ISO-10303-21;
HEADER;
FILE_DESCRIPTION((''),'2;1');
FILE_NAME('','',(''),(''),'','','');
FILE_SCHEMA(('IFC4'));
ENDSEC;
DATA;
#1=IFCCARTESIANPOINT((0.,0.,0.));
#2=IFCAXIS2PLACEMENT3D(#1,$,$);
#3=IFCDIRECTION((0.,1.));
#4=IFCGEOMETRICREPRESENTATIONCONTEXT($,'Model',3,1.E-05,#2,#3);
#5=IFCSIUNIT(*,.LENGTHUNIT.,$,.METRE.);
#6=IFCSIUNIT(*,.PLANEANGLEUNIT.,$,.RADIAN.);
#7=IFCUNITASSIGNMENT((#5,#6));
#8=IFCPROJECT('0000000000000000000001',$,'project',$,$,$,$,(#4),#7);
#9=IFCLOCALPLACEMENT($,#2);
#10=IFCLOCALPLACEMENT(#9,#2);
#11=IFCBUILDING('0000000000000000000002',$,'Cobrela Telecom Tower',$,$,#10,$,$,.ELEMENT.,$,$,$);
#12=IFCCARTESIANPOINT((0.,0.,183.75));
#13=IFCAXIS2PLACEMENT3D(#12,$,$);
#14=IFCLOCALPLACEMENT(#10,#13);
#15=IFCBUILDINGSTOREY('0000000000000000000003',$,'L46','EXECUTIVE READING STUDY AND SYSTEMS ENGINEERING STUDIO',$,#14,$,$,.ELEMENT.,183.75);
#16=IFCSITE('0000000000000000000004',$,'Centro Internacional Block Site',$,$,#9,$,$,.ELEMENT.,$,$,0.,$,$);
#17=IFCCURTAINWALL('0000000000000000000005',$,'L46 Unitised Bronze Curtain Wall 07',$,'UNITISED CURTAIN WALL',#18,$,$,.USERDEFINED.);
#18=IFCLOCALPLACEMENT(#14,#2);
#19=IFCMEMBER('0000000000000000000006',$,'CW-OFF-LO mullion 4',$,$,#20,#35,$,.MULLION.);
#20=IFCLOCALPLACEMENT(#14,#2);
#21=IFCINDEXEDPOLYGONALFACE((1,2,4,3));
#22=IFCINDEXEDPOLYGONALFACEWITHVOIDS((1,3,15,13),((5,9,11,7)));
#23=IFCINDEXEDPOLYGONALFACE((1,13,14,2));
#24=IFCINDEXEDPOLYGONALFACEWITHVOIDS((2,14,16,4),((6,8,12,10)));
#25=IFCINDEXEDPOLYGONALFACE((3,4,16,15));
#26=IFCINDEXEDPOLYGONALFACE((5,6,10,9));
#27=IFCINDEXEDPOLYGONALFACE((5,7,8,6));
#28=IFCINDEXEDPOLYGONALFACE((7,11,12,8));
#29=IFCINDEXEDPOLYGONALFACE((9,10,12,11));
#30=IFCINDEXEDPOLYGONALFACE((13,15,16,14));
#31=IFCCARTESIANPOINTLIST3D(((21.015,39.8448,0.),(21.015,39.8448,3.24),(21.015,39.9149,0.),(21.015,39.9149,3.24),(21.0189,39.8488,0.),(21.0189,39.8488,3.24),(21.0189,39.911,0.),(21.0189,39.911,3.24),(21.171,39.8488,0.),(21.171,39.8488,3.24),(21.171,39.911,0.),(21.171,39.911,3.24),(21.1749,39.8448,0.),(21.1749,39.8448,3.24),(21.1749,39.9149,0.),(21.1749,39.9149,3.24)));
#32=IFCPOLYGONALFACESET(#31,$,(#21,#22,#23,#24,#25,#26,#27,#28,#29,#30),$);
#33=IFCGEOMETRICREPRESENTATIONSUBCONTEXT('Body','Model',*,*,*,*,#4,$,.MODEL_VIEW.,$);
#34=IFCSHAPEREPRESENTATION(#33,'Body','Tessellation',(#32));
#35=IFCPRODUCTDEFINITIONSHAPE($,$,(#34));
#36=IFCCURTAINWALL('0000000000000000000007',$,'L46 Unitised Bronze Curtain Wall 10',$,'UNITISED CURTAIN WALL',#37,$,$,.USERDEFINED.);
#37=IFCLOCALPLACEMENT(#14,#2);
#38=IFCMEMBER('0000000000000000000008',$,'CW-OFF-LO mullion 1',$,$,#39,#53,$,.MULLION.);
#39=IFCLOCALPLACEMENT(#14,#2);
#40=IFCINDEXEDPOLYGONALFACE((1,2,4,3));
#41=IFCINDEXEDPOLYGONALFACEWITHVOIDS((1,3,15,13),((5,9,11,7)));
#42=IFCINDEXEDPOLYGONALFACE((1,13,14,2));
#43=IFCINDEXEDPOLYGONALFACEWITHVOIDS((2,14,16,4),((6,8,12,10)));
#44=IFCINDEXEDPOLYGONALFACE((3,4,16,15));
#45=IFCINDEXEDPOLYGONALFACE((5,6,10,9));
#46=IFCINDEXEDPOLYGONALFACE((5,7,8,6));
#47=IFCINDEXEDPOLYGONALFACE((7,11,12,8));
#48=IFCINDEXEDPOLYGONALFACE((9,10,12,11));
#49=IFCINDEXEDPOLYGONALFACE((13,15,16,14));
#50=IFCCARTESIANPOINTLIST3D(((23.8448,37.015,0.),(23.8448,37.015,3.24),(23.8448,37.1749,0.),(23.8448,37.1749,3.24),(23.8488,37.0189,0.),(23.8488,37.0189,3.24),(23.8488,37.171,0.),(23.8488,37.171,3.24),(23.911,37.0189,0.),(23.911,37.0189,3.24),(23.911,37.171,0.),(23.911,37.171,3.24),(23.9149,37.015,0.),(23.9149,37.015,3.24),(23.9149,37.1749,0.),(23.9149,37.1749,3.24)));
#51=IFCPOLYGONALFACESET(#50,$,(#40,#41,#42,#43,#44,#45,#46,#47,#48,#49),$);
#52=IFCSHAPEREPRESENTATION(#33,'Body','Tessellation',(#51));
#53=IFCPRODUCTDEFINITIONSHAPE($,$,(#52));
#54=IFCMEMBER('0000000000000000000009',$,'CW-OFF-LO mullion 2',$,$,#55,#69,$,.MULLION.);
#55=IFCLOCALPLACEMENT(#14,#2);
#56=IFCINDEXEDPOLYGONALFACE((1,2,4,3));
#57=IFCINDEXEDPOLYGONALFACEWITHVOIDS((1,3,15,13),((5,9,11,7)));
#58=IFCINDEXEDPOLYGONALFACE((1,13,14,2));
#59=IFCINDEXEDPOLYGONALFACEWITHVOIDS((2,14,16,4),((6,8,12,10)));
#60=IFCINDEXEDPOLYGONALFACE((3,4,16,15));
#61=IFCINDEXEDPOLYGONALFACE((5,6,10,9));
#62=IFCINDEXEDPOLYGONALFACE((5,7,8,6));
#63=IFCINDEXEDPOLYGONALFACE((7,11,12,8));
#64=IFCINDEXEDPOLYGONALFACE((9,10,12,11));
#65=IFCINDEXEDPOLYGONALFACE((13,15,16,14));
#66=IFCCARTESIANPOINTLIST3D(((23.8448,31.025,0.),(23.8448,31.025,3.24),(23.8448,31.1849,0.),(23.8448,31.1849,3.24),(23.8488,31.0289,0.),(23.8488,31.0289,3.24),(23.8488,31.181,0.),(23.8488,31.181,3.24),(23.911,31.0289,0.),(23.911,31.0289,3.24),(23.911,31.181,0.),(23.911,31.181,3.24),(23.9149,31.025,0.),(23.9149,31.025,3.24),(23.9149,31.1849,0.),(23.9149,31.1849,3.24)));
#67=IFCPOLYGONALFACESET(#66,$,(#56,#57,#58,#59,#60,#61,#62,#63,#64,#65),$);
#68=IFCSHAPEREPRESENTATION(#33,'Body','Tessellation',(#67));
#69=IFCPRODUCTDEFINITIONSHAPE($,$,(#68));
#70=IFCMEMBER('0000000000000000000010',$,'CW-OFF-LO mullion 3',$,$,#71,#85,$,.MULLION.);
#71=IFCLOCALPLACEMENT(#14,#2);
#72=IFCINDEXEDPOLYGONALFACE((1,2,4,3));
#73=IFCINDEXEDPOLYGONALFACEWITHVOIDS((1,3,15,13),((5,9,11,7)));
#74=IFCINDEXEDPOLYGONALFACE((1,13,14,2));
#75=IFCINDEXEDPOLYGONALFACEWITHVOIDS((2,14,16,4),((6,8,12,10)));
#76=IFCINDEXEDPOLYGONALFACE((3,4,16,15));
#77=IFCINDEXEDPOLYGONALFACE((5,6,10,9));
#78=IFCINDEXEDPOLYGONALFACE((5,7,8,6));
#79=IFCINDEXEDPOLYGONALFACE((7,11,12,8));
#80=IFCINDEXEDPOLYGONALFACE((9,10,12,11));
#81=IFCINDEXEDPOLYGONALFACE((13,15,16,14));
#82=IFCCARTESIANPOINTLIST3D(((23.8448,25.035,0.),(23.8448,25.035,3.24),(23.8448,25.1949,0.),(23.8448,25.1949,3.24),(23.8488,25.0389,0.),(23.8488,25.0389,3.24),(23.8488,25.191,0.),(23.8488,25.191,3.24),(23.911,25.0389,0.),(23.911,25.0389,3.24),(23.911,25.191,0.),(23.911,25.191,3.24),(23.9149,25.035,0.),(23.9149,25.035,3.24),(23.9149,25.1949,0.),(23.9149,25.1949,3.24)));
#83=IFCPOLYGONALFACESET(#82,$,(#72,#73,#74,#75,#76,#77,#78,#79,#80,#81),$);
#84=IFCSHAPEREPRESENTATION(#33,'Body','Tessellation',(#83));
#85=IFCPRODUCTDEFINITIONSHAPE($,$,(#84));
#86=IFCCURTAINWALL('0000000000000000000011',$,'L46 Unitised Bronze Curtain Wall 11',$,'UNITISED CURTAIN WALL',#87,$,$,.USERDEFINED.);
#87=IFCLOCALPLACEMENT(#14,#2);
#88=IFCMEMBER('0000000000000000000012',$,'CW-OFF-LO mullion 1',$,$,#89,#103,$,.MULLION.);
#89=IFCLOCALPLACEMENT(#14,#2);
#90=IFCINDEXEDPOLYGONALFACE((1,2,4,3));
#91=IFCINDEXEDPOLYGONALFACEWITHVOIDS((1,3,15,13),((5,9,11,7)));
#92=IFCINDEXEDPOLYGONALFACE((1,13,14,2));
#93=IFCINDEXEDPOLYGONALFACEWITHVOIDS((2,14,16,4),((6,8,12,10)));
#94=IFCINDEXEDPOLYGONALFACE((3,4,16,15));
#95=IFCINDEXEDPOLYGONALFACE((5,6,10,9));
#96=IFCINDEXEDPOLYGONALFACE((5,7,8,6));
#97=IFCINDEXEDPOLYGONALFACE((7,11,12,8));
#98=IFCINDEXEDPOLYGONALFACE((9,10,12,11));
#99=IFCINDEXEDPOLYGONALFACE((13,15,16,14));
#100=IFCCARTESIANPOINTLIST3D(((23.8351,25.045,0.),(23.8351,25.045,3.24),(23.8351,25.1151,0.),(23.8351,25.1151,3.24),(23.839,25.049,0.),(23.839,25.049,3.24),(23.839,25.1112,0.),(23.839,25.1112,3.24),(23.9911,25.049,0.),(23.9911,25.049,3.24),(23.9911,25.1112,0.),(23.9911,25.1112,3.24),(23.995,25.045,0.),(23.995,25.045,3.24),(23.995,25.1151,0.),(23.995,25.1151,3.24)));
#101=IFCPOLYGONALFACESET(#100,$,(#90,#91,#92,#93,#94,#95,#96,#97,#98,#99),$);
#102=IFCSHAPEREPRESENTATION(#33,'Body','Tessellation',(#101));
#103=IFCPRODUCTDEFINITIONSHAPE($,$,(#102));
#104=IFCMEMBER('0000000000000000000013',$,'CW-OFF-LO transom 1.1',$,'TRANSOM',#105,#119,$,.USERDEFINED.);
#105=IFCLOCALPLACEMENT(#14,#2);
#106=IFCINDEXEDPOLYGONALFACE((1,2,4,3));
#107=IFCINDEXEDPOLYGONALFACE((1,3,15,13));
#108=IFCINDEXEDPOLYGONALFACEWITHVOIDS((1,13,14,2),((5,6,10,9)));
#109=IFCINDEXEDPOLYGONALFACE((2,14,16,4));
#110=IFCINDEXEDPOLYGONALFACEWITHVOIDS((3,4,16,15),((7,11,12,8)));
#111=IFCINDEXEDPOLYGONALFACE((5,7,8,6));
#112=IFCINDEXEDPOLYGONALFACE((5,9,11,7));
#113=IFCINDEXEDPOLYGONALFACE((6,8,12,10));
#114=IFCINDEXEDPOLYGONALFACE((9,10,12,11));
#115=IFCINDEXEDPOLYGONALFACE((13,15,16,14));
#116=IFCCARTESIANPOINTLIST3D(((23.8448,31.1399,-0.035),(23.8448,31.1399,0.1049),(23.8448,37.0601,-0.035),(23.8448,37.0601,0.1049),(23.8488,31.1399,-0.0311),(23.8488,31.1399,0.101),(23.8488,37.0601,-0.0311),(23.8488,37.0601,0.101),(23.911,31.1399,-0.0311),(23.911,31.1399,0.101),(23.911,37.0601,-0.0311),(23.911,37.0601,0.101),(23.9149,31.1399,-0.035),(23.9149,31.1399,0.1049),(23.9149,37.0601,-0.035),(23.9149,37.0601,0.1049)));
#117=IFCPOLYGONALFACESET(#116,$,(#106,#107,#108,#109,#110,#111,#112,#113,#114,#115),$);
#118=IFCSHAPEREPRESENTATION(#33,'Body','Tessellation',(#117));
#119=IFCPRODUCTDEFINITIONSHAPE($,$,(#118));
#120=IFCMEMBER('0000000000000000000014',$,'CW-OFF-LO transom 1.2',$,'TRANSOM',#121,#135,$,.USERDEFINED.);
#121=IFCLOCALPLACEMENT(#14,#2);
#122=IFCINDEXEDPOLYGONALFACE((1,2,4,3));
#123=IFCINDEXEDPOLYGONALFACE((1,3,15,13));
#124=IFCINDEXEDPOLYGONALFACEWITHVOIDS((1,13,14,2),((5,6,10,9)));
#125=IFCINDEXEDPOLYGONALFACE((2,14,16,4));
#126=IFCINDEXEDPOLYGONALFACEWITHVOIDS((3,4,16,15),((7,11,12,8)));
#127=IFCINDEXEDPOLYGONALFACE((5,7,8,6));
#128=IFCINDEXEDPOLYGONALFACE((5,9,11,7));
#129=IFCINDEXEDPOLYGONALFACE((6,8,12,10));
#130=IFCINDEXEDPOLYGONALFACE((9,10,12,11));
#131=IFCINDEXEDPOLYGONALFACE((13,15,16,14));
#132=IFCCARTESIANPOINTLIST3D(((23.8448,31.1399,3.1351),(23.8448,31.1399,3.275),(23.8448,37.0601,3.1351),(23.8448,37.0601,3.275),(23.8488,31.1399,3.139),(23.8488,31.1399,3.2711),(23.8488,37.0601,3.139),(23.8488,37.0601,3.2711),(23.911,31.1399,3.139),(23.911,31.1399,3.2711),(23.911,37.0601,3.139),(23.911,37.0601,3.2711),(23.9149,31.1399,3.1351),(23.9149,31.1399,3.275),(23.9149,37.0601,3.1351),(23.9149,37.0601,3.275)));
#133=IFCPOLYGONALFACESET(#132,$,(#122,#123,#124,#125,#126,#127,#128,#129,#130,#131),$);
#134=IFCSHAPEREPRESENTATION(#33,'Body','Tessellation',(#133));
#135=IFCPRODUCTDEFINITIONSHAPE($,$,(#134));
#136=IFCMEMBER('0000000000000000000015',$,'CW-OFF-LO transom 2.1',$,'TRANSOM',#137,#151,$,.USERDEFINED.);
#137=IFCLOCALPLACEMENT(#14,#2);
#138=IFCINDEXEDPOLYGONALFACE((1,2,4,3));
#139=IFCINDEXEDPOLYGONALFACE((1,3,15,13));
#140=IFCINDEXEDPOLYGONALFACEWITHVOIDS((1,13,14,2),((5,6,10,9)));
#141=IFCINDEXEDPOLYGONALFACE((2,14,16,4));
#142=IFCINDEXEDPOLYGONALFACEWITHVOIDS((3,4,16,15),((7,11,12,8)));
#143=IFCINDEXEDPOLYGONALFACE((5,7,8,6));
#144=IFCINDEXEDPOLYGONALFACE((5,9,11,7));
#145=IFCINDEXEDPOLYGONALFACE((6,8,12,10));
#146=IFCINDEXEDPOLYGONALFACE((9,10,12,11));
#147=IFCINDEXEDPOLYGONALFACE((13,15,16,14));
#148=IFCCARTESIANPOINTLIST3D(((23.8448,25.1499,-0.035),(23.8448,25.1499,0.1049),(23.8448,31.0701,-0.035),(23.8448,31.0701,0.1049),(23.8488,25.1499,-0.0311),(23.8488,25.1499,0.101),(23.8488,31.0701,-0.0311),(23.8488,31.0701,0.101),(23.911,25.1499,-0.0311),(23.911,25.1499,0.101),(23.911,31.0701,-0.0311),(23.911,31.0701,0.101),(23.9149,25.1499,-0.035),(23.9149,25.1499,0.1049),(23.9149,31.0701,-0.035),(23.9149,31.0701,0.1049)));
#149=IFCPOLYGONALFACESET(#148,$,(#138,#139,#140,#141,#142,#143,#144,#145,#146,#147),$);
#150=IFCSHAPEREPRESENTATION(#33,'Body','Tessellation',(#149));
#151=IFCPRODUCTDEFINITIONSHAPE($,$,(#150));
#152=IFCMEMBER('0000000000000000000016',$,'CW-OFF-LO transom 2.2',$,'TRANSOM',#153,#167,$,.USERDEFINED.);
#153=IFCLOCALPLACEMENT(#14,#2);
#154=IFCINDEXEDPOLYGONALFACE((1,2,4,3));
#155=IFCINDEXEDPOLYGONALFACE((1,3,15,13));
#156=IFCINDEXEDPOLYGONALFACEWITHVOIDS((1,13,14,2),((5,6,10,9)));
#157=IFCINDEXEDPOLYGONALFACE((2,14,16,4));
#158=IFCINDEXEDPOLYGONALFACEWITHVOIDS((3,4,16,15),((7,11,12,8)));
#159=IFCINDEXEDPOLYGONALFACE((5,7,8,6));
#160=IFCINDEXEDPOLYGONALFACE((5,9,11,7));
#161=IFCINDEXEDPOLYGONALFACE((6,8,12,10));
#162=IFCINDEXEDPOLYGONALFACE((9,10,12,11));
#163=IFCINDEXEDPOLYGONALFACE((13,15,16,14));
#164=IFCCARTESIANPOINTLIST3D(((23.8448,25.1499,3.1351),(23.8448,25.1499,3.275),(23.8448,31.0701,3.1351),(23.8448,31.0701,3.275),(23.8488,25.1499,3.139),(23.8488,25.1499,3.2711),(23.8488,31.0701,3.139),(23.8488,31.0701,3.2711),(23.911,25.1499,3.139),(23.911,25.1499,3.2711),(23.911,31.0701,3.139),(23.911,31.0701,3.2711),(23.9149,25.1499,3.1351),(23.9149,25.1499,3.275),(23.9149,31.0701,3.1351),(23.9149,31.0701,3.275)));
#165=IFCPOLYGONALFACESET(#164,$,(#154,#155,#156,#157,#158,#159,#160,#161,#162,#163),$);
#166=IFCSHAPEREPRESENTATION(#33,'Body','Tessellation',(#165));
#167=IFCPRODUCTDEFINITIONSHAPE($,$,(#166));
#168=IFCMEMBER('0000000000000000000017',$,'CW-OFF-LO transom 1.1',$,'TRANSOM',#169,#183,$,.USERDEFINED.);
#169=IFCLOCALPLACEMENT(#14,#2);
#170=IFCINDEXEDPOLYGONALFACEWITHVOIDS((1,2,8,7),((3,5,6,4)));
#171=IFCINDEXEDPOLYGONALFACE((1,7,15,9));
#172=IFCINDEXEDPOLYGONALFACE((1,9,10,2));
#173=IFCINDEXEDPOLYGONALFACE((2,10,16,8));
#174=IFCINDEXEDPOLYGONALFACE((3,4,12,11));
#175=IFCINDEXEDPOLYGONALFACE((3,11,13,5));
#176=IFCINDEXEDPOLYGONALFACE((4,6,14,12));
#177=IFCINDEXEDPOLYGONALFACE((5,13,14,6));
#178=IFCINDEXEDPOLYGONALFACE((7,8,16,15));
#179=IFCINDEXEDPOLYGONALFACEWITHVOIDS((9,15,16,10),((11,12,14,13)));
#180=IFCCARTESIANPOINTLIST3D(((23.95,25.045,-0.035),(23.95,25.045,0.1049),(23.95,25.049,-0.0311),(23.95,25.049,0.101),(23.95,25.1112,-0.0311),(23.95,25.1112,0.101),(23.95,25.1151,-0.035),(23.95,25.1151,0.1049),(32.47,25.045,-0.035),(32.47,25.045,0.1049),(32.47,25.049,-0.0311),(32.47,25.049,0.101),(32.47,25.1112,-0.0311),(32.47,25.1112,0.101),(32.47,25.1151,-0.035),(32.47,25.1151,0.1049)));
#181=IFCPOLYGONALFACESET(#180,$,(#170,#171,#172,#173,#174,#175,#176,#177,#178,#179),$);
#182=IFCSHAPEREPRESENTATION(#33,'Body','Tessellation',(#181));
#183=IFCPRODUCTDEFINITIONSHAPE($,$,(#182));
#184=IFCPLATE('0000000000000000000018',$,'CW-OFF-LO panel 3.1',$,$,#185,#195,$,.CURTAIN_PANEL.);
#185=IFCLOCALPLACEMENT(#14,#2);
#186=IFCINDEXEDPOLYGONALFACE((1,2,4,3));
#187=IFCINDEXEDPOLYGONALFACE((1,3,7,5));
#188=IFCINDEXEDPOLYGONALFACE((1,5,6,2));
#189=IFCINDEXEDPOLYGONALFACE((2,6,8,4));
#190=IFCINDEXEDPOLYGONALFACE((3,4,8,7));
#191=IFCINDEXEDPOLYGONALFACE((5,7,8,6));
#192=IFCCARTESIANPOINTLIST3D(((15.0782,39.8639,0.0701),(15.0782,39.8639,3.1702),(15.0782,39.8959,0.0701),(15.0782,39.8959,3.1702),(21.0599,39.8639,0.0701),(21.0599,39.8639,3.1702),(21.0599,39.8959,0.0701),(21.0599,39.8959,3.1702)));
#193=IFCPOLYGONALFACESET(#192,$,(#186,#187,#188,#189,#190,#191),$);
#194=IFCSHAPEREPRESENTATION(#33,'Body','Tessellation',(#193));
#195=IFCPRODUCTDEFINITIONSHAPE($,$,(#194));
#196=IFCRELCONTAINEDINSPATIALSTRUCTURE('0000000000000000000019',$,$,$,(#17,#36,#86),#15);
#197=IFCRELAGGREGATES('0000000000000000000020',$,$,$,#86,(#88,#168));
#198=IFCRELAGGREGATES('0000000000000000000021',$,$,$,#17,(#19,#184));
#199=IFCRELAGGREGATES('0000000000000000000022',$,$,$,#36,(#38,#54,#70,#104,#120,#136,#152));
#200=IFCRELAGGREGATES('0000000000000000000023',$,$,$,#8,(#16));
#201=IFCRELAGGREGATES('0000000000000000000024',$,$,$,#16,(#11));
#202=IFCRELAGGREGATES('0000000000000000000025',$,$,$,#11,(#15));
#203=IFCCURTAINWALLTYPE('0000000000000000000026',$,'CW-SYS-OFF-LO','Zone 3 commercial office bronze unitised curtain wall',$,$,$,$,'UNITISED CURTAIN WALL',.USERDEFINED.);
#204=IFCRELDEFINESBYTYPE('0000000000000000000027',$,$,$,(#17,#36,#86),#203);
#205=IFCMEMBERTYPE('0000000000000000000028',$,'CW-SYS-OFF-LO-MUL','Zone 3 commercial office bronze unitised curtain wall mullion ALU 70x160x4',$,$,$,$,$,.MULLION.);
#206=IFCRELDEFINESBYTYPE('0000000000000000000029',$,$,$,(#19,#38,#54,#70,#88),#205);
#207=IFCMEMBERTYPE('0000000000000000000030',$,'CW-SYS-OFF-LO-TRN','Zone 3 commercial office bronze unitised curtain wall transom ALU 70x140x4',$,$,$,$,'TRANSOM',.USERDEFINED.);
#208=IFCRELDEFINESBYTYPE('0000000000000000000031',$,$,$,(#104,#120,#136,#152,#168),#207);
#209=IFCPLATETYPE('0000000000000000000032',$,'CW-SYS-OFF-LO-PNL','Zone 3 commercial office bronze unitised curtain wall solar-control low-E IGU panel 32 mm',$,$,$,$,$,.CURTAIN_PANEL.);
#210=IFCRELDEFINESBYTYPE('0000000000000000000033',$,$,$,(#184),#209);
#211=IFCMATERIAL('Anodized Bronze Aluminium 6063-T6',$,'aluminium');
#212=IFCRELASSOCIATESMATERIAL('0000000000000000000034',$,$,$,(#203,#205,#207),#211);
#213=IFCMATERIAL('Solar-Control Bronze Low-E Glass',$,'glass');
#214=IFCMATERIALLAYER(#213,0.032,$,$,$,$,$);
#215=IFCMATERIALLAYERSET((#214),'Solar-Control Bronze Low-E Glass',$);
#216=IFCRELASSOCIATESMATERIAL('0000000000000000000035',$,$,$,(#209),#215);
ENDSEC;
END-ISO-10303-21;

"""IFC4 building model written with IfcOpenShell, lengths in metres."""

from ifc_helpers import new_model, si_unit, direction, frame, origin, origin_2d, place, context, subcontext, project, spatial, rectangle, hollow_rectangle, extrude, material, layer, layer_set, material_profile, profile_set, type_object, element, aggregate, save


model = new_model("IFC4")

# Units and contexts
model_context = context("Model", 3, precision=1e-05, world=origin(), true_north=direction((0.0, 1.0)))
body_context = subcontext(model_context, "Body", "Model", "MODEL_VIEW")
ifc_project = project(units=[si_unit("LENGTHUNIT", "METRE"), si_unit("PLANEANGLEUNIT", "RADIAN")], contexts=[model_context])

# Site, building, storey
site_placement = place(None, origin())
site = spatial("IfcSite", under=ifc_project, at=site_placement, Name="Centro Internacional Block Site", CompositionType="ELEMENT", RefElevation=0.0)
building_placement = place(site_placement, origin())
building = spatial("IfcBuilding", under=site, at=building_placement, Name="Cobrela Telecom Tower", CompositionType="ELEMENT")
storey_placement = place(building_placement, frame((0.0, 0.0, 183.75)))
storey = spatial("IfcBuildingStorey", under=building, at=storey_placement, Name="L46", Description="EXECUTIVE READING STUDY AND SYSTEMS ENGINEERING STUDIO", CompositionType="ELEMENT", Elevation=183.75)

# Curtain wall, member
ifc_material_1 = material(Name="Anodized Bronze Aluminium 6063-T6", Category="aluminium")
curtain_wall_type = type_object("IfcCurtainWallType", Name="CW-SYS-OFF-LO", Description="Zone 3 commercial office bronze unitised curtain wall", ElementType="UNITISED CURTAIN WALL", PredefinedType="USERDEFINED", material=ifc_material_1)
curtain_wall_1_placement = place(storey_placement, origin())
curtain_wall_1 = element("IfcCurtainWall", 1, at=curtain_wall_1_placement, inside=storey, type_object=curtain_wall_type, Name="L46 Unitised Bronze Curtain Wall 07", ObjectType="UNITISED CURTAIN WALL", PredefinedType="USERDEFINED")
ifc_material_profile_1 = material_profile(ifc_material_1, hollow_rectangle(XDim=0.0701, YDim=0.1599, WallThickness=0.0039, at=origin_2d()), Name="ALU 70x160x4")
ifc_profile_set_1 = profile_set([ifc_material_profile_1], Name="Anodized Bronze Aluminium 6063-T6")
member_type_1 = type_object("IfcMemberType", Name="CW-SYS-OFF-LO-MUL", Description="Zone 3 commercial office bronze unitised curtain wall mullion ALU 70x160x4", PredefinedType="MULLION", material=ifc_profile_set_1)
member_1_placement = place(storey_placement, frame((21.095, 39.8799, 0.0), z_axis=(0.0, 0.0, 1.0), x_axis=(0.0, 1.0, 0.0)))
member_1 = element("IfcMember", 2, at=member_1_placement, type_object=member_type_1, Name="CW-OFF-LO mullion 4", PredefinedType="MULLION", context=body_context, shape_type="SweptSolid", body=[
    extrude(hollow_rectangle(XDim=0.0701, YDim=0.1599, WallThickness=0.0039, at=origin_2d()), origin(), (0.0, 0.0, 1.0), 3.24),
])

# Curtain wall, members
curtain_wall_2_placement = place(storey_placement, origin())
curtain_wall_2 = element("IfcCurtainWall", 3, at=curtain_wall_2_placement, inside=storey, type_object=curtain_wall_type, Name="L46 Unitised Bronze Curtain Wall 10", ObjectType="UNITISED CURTAIN WALL", PredefinedType="USERDEFINED")
member_2_placement = place(storey_placement, frame((23.8799, 37.095, 0.0), z_axis=(0.0, 0.0, 1.0), x_axis=(1.0, 0.0, 0.0)))
member_2 = element("IfcMember", 4, at=member_2_placement, type_object=member_type_1, Name="CW-OFF-LO mullion 1", PredefinedType="MULLION", context=body_context, shape_type="SweptSolid", body=[
    extrude(hollow_rectangle(XDim=0.0701, YDim=0.1599, WallThickness=0.0039, at=origin_2d()), origin(), (0.0, 0.0, 1.0), 3.24),
])
member_3_placement = place(storey_placement, frame((23.8799, 31.105, 0.0), z_axis=(0.0, 0.0, 1.0), x_axis=(1.0, 0.0, 0.0)))
member_3 = element("IfcMember", 5, at=member_3_placement, type_object=member_type_1, Name="CW-OFF-LO mullion 2", PredefinedType="MULLION", context=body_context, shape_type="SweptSolid", body=[
    extrude(hollow_rectangle(XDim=0.0701, YDim=0.1599, WallThickness=0.0039, at=origin_2d()), origin(), (0.0, 0.0, 1.0), 3.24),
])
member_4_placement = place(storey_placement, frame((23.8799, 25.115, 0.0), z_axis=(0.0, 0.0, 1.0), x_axis=(1.0, 0.0, 0.0)))
member_4 = element("IfcMember", 6, at=member_4_placement, type_object=member_type_1, Name="CW-OFF-LO mullion 3", PredefinedType="MULLION", context=body_context, shape_type="SweptSolid", body=[
    extrude(hollow_rectangle(XDim=0.0701, YDim=0.1599, WallThickness=0.0039, at=origin_2d()), origin(), (0.0, 0.0, 1.0), 3.24),
])

# Curtain wall, member
curtain_wall_3_placement = place(storey_placement, origin())
curtain_wall_3 = element("IfcCurtainWall", 7, at=curtain_wall_3_placement, inside=storey, type_object=curtain_wall_type, Name="L46 Unitised Bronze Curtain Wall 11", ObjectType="UNITISED CURTAIN WALL", PredefinedType="USERDEFINED")
member_5_placement = place(storey_placement, frame((23.915, 25.0801, 0.0), z_axis=(0.0, 0.0, 1.0), x_axis=(0.0, 1.0, 0.0)))
member_5 = element("IfcMember", 8, at=member_5_placement, type_object=member_type_1, Name="CW-OFF-LO mullion 1", PredefinedType="MULLION", context=body_context, shape_type="SweptSolid", body=[
    extrude(hollow_rectangle(XDim=0.0701, YDim=0.1599, WallThickness=0.0039, at=origin_2d()), origin(), (0.0, 0.0, 1.0), 3.24),
])

# Members
ifc_material_profile_2 = material_profile(ifc_material_1, hollow_rectangle(XDim=0.0701, YDim=0.1399, WallThickness=0.0039, at=origin_2d()), Name="ALU 70x140x4")
ifc_profile_set_2 = profile_set([ifc_material_profile_2], Name="Anodized Bronze Aluminium 6063-T6")
member_type_2 = type_object("IfcMemberType", Name="CW-SYS-OFF-LO-TRN", Description="Zone 3 commercial office bronze unitised curtain wall transom ALU 70x140x4", ElementType="TRANSOM", PredefinedType="USERDEFINED", material=ifc_profile_set_2)
member_6_placement = place(storey_placement, frame((23.8799, 37.0601, 0.0349), z_axis=(0.0, -1.0, 0.0), x_axis=(1.0, 0.0, 0.0)))
member_6 = element("IfcMember", 9, at=member_6_placement, type_object=member_type_2, Name="CW-OFF-LO transom 1.1", ObjectType="TRANSOM", PredefinedType="USERDEFINED", context=body_context, shape_type="SweptSolid", body=[
    extrude(hollow_rectangle(XDim=0.0701, YDim=0.1399, WallThickness=0.0039, at=origin_2d()), origin(), (0.0, 0.0, 1.0), 5.9202),
])
member_7_placement = place(storey_placement, frame((23.8799, 37.0601, 3.2051), z_axis=(0.0, -1.0, 0.0), x_axis=(1.0, 0.0, 0.0)))
member_7 = element("IfcMember", 10, at=member_7_placement, type_object=member_type_2, Name="CW-OFF-LO transom 1.2", ObjectType="TRANSOM", PredefinedType="USERDEFINED", context=body_context, shape_type="SweptSolid", body=[
    extrude(hollow_rectangle(XDim=0.0701, YDim=0.1399, WallThickness=0.0039, at=origin_2d()), origin(), (0.0, 0.0, 1.0), 5.9202),
])
member_8_placement = place(storey_placement, frame((23.8799, 31.0701, 0.0349), z_axis=(0.0, -1.0, 0.0), x_axis=(1.0, 0.0, 0.0)))
member_8 = element("IfcMember", 11, at=member_8_placement, type_object=member_type_2, Name="CW-OFF-LO transom 2.1", ObjectType="TRANSOM", PredefinedType="USERDEFINED", context=body_context, shape_type="SweptSolid", body=[
    extrude(hollow_rectangle(XDim=0.0701, YDim=0.1399, WallThickness=0.0039, at=origin_2d()), origin(), (0.0, 0.0, 1.0), 5.9202),
])
member_9_placement = place(storey_placement, frame((23.8799, 31.0701, 3.2051), z_axis=(0.0, -1.0, 0.0), x_axis=(1.0, 0.0, 0.0)))
member_9 = element("IfcMember", 12, at=member_9_placement, type_object=member_type_2, Name="CW-OFF-LO transom 2.2", ObjectType="TRANSOM", PredefinedType="USERDEFINED", context=body_context, shape_type="SweptSolid", body=[
    extrude(hollow_rectangle(XDim=0.0701, YDim=0.1399, WallThickness=0.0039, at=origin_2d()), origin(), (0.0, 0.0, 1.0), 5.9202),
])
member_10_placement = place(storey_placement, frame((23.95, 25.0801, 0.0349), z_axis=(1.0, 0.0, 0.0), x_axis=(0.0, 1.0, 0.0)))
member_10 = element("IfcMember", 13, at=member_10_placement, type_object=member_type_2, Name="CW-OFF-LO transom 1.1", ObjectType="TRANSOM", PredefinedType="USERDEFINED", context=body_context, shape_type="SweptSolid", body=[
    extrude(hollow_rectangle(XDim=0.0701, YDim=0.1399, WallThickness=0.0039, at=origin_2d()), origin(), (0.0, 0.0, 1.0), 8.52),
])
aggregate(curtain_wall_3, [member_5, member_10])

# Plate
ifc_material_2 = material(Name="Solar-Control Bronze Low-E Glass", Category="glass")
ifc_layer_1 = layer(ifc_material_2, 0.032)
ifc_layer_set_1 = layer_set([ifc_layer_1], Name="Solar-Control Bronze Low-E Glass")
plate_type = type_object("IfcPlateType", Name="CW-SYS-OFF-LO-PNL", Description="Zone 3 commercial office bronze unitised curtain wall solar-control low-E IGU panel 32 mm", PredefinedType="CURTAIN_PANEL", material=ifc_layer_set_1)
plate_1_placement = place(storey_placement, frame((18.0691, 39.8799, 0.0701), z_axis=(0.0, 0.0, 1.0), x_axis=(1.0, 0.0, 0.0)))
plate_1 = element("IfcPlate", 14, at=plate_1_placement, type_object=plate_type, Name="CW-OFF-LO panel 3.1", PredefinedType="CURTAIN_PANEL", context=body_context, shape_type="SweptSolid", body=[
    extrude(rectangle(XDim=5.9817, YDim=0.032, at=origin_2d()), origin(), (0.0, 0.0, 1.0), 3.1001),
])
aggregate(curtain_wall_1, [member_1, plate_1])
aggregate(curtain_wall_2, [member_2, member_3, member_4, member_6, member_7, member_8, member_9])

save(model, "model.ifc")
